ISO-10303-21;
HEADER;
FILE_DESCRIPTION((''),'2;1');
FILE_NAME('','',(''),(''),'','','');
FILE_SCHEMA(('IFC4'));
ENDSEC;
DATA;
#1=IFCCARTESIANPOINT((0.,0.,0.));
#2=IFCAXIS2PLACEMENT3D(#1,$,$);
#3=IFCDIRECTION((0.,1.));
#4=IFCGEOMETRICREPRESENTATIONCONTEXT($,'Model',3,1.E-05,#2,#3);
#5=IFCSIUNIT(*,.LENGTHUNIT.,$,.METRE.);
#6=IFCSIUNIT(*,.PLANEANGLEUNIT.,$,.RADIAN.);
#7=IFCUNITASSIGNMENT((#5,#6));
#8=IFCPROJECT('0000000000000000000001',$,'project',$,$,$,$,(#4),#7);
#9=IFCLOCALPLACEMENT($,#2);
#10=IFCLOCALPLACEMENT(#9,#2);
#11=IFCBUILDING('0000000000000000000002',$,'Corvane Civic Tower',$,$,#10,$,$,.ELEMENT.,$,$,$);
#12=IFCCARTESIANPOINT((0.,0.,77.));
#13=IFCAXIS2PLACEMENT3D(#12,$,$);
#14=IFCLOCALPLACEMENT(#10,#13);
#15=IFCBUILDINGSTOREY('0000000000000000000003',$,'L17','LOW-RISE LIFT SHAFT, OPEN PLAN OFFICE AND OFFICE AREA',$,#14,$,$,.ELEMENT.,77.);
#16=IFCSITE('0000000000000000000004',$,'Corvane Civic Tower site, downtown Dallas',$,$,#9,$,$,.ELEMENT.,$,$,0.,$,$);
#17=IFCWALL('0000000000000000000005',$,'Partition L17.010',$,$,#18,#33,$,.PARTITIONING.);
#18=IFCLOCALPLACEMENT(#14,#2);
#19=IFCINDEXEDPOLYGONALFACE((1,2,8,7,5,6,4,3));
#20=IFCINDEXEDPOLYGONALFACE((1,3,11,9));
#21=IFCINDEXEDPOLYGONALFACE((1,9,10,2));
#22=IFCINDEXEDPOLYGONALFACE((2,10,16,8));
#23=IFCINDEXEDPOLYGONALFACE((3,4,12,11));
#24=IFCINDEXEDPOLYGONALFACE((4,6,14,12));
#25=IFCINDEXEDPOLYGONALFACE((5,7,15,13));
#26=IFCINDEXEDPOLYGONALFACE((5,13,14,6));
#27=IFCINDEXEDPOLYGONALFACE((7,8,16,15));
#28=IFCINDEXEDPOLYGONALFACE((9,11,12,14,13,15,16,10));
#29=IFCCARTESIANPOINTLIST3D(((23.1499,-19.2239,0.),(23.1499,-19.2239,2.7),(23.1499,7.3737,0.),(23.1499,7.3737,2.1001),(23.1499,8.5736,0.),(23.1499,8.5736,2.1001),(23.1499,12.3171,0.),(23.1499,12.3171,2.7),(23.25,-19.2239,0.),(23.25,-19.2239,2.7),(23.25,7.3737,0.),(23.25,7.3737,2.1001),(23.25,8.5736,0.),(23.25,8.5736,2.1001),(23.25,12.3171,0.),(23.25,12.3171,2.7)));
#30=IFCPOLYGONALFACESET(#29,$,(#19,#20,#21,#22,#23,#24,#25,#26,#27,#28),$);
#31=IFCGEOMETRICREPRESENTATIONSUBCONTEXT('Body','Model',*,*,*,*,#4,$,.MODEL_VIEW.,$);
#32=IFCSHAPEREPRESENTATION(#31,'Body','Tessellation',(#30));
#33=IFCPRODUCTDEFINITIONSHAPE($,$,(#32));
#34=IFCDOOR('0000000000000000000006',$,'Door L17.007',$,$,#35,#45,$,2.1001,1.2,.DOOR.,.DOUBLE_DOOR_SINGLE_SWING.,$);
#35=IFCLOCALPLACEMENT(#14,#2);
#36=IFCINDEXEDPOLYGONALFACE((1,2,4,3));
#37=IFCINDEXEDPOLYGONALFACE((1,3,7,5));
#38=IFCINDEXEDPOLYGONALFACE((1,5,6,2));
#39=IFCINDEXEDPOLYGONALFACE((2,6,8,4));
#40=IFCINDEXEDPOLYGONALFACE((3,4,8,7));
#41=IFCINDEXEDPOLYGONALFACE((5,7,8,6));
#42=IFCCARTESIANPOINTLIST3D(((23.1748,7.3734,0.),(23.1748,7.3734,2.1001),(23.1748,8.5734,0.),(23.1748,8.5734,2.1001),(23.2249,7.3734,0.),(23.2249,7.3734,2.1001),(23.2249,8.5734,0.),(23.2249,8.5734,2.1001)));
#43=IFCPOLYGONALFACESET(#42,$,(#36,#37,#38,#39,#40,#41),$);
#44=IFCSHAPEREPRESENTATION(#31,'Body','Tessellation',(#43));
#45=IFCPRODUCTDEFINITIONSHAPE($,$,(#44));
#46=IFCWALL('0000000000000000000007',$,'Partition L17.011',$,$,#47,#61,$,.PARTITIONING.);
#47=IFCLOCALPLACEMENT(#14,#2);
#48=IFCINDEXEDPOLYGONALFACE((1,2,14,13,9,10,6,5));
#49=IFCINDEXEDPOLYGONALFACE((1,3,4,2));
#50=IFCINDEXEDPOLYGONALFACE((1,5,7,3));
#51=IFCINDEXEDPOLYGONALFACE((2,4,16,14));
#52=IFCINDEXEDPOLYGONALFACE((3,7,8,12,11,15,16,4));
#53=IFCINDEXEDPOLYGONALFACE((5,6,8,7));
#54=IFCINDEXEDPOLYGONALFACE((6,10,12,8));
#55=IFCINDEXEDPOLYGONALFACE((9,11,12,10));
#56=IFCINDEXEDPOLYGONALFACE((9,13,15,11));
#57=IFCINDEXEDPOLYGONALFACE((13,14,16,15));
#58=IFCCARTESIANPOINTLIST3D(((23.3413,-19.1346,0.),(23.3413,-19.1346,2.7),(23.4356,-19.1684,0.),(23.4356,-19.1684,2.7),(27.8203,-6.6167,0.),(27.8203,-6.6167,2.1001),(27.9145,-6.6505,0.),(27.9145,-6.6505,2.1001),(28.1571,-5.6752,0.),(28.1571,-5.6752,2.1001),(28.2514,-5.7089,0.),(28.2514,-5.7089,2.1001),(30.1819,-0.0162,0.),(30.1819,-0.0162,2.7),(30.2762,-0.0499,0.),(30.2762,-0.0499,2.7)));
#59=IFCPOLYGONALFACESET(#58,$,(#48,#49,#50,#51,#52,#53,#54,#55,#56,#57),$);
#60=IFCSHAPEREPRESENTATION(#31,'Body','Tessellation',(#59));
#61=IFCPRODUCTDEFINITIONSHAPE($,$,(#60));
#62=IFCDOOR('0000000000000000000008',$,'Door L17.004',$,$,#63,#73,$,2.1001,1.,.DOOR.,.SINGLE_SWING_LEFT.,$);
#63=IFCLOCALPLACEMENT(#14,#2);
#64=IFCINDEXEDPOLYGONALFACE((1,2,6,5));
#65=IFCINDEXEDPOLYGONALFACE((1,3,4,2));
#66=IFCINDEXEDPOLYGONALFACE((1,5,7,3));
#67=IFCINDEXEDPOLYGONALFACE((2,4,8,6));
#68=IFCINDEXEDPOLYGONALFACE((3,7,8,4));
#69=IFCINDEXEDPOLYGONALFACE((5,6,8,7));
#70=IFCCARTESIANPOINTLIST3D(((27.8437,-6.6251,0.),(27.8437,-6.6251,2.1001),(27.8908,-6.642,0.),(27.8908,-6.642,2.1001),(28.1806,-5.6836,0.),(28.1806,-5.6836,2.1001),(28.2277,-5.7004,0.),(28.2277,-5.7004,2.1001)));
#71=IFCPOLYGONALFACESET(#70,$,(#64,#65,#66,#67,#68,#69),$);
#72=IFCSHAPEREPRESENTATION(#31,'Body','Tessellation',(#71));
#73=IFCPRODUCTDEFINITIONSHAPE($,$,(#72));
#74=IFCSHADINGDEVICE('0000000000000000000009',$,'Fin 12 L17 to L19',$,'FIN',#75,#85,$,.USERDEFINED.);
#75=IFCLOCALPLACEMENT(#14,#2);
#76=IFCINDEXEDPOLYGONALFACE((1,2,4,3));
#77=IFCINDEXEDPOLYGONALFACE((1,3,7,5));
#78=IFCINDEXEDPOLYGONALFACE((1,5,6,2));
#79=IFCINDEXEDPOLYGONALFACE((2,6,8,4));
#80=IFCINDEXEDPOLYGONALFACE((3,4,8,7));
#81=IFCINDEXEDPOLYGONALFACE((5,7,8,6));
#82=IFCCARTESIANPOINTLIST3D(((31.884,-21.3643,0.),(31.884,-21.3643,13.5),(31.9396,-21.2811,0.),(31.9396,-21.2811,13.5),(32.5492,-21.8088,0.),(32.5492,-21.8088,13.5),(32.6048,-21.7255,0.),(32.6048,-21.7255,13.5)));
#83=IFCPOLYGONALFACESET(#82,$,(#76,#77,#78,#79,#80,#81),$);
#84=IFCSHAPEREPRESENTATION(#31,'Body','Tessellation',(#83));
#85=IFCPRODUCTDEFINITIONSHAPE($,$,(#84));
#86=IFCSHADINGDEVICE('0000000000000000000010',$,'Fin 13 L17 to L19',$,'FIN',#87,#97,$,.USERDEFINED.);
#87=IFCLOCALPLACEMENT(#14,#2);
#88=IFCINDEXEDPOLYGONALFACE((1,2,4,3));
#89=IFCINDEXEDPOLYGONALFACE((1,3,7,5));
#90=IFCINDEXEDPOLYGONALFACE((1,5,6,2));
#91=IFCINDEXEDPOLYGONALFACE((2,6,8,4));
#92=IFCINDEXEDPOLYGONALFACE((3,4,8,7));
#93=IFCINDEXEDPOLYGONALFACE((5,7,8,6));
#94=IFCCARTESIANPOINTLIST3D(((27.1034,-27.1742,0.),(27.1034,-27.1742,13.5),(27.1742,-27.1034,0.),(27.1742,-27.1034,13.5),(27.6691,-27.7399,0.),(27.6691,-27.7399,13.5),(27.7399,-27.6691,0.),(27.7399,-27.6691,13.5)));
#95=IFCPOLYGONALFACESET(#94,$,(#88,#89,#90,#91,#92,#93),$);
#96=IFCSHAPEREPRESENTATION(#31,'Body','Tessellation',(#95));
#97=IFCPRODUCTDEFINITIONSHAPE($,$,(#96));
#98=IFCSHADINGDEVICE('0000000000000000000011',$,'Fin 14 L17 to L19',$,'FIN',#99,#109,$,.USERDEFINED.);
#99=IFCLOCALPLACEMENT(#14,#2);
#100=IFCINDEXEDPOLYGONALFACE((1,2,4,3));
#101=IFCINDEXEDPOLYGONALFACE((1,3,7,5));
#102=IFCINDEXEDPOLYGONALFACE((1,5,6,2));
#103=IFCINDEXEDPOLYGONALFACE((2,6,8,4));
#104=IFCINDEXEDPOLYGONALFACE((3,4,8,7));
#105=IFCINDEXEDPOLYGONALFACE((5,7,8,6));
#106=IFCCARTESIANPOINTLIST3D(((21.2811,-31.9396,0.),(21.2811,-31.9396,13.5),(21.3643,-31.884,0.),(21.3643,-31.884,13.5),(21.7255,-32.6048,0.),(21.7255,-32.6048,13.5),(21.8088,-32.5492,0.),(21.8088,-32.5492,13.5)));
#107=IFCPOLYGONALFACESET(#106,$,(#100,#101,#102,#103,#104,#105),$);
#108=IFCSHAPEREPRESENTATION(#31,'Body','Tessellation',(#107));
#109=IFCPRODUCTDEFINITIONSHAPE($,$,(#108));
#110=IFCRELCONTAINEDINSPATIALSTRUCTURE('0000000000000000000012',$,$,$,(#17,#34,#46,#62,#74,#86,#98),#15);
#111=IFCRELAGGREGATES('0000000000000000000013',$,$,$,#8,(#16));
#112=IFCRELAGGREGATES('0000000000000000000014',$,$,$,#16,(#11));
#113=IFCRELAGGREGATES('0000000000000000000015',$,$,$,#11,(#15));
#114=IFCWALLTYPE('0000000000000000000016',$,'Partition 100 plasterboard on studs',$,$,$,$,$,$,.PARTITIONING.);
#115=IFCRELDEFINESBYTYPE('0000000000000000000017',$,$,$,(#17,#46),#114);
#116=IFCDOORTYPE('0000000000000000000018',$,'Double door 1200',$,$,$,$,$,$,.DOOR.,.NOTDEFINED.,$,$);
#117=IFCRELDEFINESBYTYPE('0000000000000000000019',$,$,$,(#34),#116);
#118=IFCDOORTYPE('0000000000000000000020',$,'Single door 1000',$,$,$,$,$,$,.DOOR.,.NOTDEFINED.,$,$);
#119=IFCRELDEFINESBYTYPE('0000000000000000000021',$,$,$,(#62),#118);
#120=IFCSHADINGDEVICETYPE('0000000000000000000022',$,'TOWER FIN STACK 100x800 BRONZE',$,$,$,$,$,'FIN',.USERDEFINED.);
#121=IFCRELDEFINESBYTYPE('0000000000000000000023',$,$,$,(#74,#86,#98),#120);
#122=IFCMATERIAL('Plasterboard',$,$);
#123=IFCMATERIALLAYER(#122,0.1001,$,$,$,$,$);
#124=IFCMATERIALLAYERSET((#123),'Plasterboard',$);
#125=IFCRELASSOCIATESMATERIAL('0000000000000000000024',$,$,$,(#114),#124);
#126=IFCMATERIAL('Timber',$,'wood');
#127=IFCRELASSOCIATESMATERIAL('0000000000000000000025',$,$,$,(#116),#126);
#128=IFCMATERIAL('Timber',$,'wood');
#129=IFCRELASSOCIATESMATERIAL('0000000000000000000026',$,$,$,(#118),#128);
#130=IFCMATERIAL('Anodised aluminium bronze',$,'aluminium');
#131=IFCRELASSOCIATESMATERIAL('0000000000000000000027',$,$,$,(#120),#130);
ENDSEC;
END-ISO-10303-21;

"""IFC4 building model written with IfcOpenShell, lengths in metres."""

from ifc_helpers import new_model, si_unit, direction, frame, frame_2d, origin, origin_2d, place, context, subcontext, project, spatial, rectangle, extrude, material, layer, layer_set, material_profile, profile_set, type_object, element, fill, save


model = new_model("IFC4")

# Units and contexts
model_context = context("Model", 3, precision=1e-05, world=origin(), true_north=direction((0.0, 1.0)))
body_context = subcontext(model_context, "Body", "Model", "MODEL_VIEW")
ifc_project = project(units=[si_unit("LENGTHUNIT", "METRE"), si_unit("PLANEANGLEUNIT", "RADIAN")], contexts=[model_context])

# Site, building, storey
site_placement = place(None, origin())
site = spatial("IfcSite", under=ifc_project, at=site_placement, Name="Corvane Civic Tower site, downtown Dallas", CompositionType="ELEMENT", RefElevation=0.0)
building_placement = place(site_placement, origin())
building = spatial("IfcBuilding", under=site, at=building_placement, Name="Corvane Civic Tower", CompositionType="ELEMENT")
storey_placement = place(building_placement, frame((0.0, 0.0, 77.0)))
storey = spatial("IfcBuildingStorey", under=building, at=storey_placement, Name="L17", Description="LOW-RISE LIFT SHAFT, OPEN PLAN OFFICE AND OFFICE AREA", CompositionType="ELEMENT", Elevation=77.0)

# Shared definitions
ifc_material_1 = material(Name="Plasterboard")
ifc_layer_1 = layer(ifc_material_1, 0.1001)
ifc_layer_set_1 = layer_set([ifc_layer_1], Name="Plasterboard")
wall_type = type_object("IfcWallType", Name="Partition 100 plasterboard on studs", PredefinedType="PARTITIONING", material=ifc_layer_set_1)

# Walls, openings, doors
wall_1_placement = place(storey_placement, frame((23.2, -19.2239, 0.0), z_axis=(0.0, 0.0, 1.0), x_axis=(0.0, 1.0, 0.0)))
wall_1 = element("IfcWall", 1, at=wall_1_placement, inside=storey, type_object=wall_type, Name="Partition L17.010", PredefinedType="PARTITIONING", context=body_context, shape_type="SweptSolid", body=[
    extrude(rectangle(XDim=31.541, YDim=0.1001, at=frame_2d((15.7705, 0.0))), origin(), (0.0, 0.0, 1.0), 2.7),
])
opening_1_placement = place(wall_1_placement, frame((26.5974, 0.0, 0.0)))
opening_1 = element("IfcOpeningElement", 2, at=opening_1_placement, cuts=wall_1, PredefinedType="OPENING", context=body_context, shape_type="SweptSolid", body=[
    extrude(rectangle(XDim=1.2, YDim=2.1001, at=frame_2d((0.6001, 1.05))), frame((0.0, 0.0601, 0.0), z_axis=(0.0, -1.0, 0.0), x_axis=(1.0, 0.0, 0.0)), (0.0, 0.0, 1.0), 0.1201),
])
ifc_material_2 = material(Name="Timber", Category="wood")
door_type_1 = type_object("IfcDoorType", Name="Double door 1200", OperationType="NOTDEFINED", PredefinedType="DOOR", material=ifc_material_2)
door_1_placement = place(opening_1_placement, frame((1.2, 0.0, 0.0), z_axis=(0.0, 0.0, 1.0), x_axis=(-1.0, 0.0, 0.0)))
door_1 = element("IfcDoor", 3, at=door_1_placement, inside=storey, type_object=door_type_1, Name="Door L17.007", OperationType="DOUBLE_DOOR_SINGLE_SWING", OverallHeight=2.1001, OverallWidth=1.2, PredefinedType="DOOR", context=body_context, shape_type="SweptSolid", body=[
    extrude(rectangle(XDim=1.2, YDim=2.1001, at=frame_2d((0.6001, 1.05))), frame((0.0, 0.0249, 0.0), z_axis=(0.0, -1.0, 0.0), x_axis=(1.0, 0.0, 0.0)), (0.0, 0.0, 1.0), 0.05),
])
fill(opening_1, door_1)
wall_2_placement = place(storey_placement, frame((23.3884, -19.1516, 0.0), z_axis=(0.0, 0.0, 1.0), x_axis=(0.336886, 0.941546, 0.0)))
wall_2 = element("IfcWall", 4, at=wall_2_placement, inside=storey, type_object=wall_type, Name="Partition L17.011", PredefinedType="PARTITIONING", context=body_context, shape_type="SweptSolid", body=[
    extrude(rectangle(XDim=20.3054, YDim=0.1001, at=frame_2d((10.1528, 0.0))), origin(), (0.0, 0.0, 1.0), 2.7),
])
opening_2_placement = place(wall_2_placement, frame((13.2952, 0.0, 0.0)))
opening_2 = element("IfcOpeningElement", 5, at=opening_2_placement, cuts=wall_2, PredefinedType="OPENING", context=body_context, shape_type="SweptSolid", body=[
    extrude(rectangle(XDim=1.0, YDim=2.1001, at=frame_2d((0.5, 1.05))), frame((0.0, 0.0601, 0.0), z_axis=(0.0, -1.0, 0.0), x_axis=(1.0, 0.0, 0.0)), (0.0, 0.0, 1.0), 0.1201),
])
ifc_material_3 = material(Name="Timber", Category="wood")
door_type_2 = type_object("IfcDoorType", Name="Single door 1000", OperationType="NOTDEFINED", PredefinedType="DOOR", material=ifc_material_3)
door_2_placement = place(opening_2_placement, frame((1.0, 0.0, 0.0), z_axis=(0.0, 0.0, 1.0), x_axis=(-1.0, 0.0, 0.0)))
door_2 = element("IfcDoor", 6, at=door_2_placement, inside=storey, type_object=door_type_2, Name="Door L17.004", OperationType="SINGLE_SWING_LEFT", OverallHeight=2.1001, OverallWidth=1.0, PredefinedType="DOOR", context=body_context, shape_type="SweptSolid", body=[
    extrude(rectangle(XDim=1.0, YDim=2.1001, at=frame_2d((0.5, 1.05))), frame((0.0, 0.0249, 0.0), z_axis=(0.0, -1.0, 0.0), x_axis=(1.0, 0.0, 0.0)), (0.0, 0.0, 1.0), 0.05),
])
fill(opening_2, door_2)

# Shading devices
ifc_material_4 = material(Name="Anodised aluminium bronze", Category="aluminium")
ifc_material_profile_1 = material_profile(ifc_material_4, rectangle(XDim=0.1001, YDim=0.8, at=origin_2d()), Name="TOWER FIN STACK 100x800 BRONZE")
ifc_profile_set_1 = profile_set([ifc_material_profile_1], Name="Anodised aluminium bronze")
shading_device_type = type_object("IfcShadingDeviceType", Name="TOWER FIN STACK 100x800 BRONZE", ElementType="FIN", PredefinedType="USERDEFINED", material=ifc_profile_set_1)
for number, where, z_axis, x_axis, name in (
    (7, (32.2444, -21.5449, 0.0), (0.0, 0.0, 1.0), (-0.55557, -0.83147, 0.0), "Fin 12 L17 to L19"),
    (8, (27.4216, -27.4216, 0.0), (0.0, 0.0, 1.0), (-0.707107, -0.707107, 0.0), "Fin 13 L17 to L19"),
    (9, (21.5449, -32.2444, 0.0), (0.0, 0.0, 1.0), (-0.83147, -0.55557, 0.0), "Fin 14 L17 to L19"),
):
    element("IfcShadingDevice", number, at=place(storey_placement, frame(where, z_axis=z_axis, x_axis=x_axis)), inside=storey, type_object=shading_device_type, Name=name, ObjectType="FIN", PredefinedType="USERDEFINED", context=body_context, shape_type="SweptSolid", body=[
        extrude(rectangle(XDim=0.1001, YDim=0.8, at=origin_2d()), origin(), (0.0, 0.0, 1.0), 13.5),
    ])

save(model, "model.ifc")
